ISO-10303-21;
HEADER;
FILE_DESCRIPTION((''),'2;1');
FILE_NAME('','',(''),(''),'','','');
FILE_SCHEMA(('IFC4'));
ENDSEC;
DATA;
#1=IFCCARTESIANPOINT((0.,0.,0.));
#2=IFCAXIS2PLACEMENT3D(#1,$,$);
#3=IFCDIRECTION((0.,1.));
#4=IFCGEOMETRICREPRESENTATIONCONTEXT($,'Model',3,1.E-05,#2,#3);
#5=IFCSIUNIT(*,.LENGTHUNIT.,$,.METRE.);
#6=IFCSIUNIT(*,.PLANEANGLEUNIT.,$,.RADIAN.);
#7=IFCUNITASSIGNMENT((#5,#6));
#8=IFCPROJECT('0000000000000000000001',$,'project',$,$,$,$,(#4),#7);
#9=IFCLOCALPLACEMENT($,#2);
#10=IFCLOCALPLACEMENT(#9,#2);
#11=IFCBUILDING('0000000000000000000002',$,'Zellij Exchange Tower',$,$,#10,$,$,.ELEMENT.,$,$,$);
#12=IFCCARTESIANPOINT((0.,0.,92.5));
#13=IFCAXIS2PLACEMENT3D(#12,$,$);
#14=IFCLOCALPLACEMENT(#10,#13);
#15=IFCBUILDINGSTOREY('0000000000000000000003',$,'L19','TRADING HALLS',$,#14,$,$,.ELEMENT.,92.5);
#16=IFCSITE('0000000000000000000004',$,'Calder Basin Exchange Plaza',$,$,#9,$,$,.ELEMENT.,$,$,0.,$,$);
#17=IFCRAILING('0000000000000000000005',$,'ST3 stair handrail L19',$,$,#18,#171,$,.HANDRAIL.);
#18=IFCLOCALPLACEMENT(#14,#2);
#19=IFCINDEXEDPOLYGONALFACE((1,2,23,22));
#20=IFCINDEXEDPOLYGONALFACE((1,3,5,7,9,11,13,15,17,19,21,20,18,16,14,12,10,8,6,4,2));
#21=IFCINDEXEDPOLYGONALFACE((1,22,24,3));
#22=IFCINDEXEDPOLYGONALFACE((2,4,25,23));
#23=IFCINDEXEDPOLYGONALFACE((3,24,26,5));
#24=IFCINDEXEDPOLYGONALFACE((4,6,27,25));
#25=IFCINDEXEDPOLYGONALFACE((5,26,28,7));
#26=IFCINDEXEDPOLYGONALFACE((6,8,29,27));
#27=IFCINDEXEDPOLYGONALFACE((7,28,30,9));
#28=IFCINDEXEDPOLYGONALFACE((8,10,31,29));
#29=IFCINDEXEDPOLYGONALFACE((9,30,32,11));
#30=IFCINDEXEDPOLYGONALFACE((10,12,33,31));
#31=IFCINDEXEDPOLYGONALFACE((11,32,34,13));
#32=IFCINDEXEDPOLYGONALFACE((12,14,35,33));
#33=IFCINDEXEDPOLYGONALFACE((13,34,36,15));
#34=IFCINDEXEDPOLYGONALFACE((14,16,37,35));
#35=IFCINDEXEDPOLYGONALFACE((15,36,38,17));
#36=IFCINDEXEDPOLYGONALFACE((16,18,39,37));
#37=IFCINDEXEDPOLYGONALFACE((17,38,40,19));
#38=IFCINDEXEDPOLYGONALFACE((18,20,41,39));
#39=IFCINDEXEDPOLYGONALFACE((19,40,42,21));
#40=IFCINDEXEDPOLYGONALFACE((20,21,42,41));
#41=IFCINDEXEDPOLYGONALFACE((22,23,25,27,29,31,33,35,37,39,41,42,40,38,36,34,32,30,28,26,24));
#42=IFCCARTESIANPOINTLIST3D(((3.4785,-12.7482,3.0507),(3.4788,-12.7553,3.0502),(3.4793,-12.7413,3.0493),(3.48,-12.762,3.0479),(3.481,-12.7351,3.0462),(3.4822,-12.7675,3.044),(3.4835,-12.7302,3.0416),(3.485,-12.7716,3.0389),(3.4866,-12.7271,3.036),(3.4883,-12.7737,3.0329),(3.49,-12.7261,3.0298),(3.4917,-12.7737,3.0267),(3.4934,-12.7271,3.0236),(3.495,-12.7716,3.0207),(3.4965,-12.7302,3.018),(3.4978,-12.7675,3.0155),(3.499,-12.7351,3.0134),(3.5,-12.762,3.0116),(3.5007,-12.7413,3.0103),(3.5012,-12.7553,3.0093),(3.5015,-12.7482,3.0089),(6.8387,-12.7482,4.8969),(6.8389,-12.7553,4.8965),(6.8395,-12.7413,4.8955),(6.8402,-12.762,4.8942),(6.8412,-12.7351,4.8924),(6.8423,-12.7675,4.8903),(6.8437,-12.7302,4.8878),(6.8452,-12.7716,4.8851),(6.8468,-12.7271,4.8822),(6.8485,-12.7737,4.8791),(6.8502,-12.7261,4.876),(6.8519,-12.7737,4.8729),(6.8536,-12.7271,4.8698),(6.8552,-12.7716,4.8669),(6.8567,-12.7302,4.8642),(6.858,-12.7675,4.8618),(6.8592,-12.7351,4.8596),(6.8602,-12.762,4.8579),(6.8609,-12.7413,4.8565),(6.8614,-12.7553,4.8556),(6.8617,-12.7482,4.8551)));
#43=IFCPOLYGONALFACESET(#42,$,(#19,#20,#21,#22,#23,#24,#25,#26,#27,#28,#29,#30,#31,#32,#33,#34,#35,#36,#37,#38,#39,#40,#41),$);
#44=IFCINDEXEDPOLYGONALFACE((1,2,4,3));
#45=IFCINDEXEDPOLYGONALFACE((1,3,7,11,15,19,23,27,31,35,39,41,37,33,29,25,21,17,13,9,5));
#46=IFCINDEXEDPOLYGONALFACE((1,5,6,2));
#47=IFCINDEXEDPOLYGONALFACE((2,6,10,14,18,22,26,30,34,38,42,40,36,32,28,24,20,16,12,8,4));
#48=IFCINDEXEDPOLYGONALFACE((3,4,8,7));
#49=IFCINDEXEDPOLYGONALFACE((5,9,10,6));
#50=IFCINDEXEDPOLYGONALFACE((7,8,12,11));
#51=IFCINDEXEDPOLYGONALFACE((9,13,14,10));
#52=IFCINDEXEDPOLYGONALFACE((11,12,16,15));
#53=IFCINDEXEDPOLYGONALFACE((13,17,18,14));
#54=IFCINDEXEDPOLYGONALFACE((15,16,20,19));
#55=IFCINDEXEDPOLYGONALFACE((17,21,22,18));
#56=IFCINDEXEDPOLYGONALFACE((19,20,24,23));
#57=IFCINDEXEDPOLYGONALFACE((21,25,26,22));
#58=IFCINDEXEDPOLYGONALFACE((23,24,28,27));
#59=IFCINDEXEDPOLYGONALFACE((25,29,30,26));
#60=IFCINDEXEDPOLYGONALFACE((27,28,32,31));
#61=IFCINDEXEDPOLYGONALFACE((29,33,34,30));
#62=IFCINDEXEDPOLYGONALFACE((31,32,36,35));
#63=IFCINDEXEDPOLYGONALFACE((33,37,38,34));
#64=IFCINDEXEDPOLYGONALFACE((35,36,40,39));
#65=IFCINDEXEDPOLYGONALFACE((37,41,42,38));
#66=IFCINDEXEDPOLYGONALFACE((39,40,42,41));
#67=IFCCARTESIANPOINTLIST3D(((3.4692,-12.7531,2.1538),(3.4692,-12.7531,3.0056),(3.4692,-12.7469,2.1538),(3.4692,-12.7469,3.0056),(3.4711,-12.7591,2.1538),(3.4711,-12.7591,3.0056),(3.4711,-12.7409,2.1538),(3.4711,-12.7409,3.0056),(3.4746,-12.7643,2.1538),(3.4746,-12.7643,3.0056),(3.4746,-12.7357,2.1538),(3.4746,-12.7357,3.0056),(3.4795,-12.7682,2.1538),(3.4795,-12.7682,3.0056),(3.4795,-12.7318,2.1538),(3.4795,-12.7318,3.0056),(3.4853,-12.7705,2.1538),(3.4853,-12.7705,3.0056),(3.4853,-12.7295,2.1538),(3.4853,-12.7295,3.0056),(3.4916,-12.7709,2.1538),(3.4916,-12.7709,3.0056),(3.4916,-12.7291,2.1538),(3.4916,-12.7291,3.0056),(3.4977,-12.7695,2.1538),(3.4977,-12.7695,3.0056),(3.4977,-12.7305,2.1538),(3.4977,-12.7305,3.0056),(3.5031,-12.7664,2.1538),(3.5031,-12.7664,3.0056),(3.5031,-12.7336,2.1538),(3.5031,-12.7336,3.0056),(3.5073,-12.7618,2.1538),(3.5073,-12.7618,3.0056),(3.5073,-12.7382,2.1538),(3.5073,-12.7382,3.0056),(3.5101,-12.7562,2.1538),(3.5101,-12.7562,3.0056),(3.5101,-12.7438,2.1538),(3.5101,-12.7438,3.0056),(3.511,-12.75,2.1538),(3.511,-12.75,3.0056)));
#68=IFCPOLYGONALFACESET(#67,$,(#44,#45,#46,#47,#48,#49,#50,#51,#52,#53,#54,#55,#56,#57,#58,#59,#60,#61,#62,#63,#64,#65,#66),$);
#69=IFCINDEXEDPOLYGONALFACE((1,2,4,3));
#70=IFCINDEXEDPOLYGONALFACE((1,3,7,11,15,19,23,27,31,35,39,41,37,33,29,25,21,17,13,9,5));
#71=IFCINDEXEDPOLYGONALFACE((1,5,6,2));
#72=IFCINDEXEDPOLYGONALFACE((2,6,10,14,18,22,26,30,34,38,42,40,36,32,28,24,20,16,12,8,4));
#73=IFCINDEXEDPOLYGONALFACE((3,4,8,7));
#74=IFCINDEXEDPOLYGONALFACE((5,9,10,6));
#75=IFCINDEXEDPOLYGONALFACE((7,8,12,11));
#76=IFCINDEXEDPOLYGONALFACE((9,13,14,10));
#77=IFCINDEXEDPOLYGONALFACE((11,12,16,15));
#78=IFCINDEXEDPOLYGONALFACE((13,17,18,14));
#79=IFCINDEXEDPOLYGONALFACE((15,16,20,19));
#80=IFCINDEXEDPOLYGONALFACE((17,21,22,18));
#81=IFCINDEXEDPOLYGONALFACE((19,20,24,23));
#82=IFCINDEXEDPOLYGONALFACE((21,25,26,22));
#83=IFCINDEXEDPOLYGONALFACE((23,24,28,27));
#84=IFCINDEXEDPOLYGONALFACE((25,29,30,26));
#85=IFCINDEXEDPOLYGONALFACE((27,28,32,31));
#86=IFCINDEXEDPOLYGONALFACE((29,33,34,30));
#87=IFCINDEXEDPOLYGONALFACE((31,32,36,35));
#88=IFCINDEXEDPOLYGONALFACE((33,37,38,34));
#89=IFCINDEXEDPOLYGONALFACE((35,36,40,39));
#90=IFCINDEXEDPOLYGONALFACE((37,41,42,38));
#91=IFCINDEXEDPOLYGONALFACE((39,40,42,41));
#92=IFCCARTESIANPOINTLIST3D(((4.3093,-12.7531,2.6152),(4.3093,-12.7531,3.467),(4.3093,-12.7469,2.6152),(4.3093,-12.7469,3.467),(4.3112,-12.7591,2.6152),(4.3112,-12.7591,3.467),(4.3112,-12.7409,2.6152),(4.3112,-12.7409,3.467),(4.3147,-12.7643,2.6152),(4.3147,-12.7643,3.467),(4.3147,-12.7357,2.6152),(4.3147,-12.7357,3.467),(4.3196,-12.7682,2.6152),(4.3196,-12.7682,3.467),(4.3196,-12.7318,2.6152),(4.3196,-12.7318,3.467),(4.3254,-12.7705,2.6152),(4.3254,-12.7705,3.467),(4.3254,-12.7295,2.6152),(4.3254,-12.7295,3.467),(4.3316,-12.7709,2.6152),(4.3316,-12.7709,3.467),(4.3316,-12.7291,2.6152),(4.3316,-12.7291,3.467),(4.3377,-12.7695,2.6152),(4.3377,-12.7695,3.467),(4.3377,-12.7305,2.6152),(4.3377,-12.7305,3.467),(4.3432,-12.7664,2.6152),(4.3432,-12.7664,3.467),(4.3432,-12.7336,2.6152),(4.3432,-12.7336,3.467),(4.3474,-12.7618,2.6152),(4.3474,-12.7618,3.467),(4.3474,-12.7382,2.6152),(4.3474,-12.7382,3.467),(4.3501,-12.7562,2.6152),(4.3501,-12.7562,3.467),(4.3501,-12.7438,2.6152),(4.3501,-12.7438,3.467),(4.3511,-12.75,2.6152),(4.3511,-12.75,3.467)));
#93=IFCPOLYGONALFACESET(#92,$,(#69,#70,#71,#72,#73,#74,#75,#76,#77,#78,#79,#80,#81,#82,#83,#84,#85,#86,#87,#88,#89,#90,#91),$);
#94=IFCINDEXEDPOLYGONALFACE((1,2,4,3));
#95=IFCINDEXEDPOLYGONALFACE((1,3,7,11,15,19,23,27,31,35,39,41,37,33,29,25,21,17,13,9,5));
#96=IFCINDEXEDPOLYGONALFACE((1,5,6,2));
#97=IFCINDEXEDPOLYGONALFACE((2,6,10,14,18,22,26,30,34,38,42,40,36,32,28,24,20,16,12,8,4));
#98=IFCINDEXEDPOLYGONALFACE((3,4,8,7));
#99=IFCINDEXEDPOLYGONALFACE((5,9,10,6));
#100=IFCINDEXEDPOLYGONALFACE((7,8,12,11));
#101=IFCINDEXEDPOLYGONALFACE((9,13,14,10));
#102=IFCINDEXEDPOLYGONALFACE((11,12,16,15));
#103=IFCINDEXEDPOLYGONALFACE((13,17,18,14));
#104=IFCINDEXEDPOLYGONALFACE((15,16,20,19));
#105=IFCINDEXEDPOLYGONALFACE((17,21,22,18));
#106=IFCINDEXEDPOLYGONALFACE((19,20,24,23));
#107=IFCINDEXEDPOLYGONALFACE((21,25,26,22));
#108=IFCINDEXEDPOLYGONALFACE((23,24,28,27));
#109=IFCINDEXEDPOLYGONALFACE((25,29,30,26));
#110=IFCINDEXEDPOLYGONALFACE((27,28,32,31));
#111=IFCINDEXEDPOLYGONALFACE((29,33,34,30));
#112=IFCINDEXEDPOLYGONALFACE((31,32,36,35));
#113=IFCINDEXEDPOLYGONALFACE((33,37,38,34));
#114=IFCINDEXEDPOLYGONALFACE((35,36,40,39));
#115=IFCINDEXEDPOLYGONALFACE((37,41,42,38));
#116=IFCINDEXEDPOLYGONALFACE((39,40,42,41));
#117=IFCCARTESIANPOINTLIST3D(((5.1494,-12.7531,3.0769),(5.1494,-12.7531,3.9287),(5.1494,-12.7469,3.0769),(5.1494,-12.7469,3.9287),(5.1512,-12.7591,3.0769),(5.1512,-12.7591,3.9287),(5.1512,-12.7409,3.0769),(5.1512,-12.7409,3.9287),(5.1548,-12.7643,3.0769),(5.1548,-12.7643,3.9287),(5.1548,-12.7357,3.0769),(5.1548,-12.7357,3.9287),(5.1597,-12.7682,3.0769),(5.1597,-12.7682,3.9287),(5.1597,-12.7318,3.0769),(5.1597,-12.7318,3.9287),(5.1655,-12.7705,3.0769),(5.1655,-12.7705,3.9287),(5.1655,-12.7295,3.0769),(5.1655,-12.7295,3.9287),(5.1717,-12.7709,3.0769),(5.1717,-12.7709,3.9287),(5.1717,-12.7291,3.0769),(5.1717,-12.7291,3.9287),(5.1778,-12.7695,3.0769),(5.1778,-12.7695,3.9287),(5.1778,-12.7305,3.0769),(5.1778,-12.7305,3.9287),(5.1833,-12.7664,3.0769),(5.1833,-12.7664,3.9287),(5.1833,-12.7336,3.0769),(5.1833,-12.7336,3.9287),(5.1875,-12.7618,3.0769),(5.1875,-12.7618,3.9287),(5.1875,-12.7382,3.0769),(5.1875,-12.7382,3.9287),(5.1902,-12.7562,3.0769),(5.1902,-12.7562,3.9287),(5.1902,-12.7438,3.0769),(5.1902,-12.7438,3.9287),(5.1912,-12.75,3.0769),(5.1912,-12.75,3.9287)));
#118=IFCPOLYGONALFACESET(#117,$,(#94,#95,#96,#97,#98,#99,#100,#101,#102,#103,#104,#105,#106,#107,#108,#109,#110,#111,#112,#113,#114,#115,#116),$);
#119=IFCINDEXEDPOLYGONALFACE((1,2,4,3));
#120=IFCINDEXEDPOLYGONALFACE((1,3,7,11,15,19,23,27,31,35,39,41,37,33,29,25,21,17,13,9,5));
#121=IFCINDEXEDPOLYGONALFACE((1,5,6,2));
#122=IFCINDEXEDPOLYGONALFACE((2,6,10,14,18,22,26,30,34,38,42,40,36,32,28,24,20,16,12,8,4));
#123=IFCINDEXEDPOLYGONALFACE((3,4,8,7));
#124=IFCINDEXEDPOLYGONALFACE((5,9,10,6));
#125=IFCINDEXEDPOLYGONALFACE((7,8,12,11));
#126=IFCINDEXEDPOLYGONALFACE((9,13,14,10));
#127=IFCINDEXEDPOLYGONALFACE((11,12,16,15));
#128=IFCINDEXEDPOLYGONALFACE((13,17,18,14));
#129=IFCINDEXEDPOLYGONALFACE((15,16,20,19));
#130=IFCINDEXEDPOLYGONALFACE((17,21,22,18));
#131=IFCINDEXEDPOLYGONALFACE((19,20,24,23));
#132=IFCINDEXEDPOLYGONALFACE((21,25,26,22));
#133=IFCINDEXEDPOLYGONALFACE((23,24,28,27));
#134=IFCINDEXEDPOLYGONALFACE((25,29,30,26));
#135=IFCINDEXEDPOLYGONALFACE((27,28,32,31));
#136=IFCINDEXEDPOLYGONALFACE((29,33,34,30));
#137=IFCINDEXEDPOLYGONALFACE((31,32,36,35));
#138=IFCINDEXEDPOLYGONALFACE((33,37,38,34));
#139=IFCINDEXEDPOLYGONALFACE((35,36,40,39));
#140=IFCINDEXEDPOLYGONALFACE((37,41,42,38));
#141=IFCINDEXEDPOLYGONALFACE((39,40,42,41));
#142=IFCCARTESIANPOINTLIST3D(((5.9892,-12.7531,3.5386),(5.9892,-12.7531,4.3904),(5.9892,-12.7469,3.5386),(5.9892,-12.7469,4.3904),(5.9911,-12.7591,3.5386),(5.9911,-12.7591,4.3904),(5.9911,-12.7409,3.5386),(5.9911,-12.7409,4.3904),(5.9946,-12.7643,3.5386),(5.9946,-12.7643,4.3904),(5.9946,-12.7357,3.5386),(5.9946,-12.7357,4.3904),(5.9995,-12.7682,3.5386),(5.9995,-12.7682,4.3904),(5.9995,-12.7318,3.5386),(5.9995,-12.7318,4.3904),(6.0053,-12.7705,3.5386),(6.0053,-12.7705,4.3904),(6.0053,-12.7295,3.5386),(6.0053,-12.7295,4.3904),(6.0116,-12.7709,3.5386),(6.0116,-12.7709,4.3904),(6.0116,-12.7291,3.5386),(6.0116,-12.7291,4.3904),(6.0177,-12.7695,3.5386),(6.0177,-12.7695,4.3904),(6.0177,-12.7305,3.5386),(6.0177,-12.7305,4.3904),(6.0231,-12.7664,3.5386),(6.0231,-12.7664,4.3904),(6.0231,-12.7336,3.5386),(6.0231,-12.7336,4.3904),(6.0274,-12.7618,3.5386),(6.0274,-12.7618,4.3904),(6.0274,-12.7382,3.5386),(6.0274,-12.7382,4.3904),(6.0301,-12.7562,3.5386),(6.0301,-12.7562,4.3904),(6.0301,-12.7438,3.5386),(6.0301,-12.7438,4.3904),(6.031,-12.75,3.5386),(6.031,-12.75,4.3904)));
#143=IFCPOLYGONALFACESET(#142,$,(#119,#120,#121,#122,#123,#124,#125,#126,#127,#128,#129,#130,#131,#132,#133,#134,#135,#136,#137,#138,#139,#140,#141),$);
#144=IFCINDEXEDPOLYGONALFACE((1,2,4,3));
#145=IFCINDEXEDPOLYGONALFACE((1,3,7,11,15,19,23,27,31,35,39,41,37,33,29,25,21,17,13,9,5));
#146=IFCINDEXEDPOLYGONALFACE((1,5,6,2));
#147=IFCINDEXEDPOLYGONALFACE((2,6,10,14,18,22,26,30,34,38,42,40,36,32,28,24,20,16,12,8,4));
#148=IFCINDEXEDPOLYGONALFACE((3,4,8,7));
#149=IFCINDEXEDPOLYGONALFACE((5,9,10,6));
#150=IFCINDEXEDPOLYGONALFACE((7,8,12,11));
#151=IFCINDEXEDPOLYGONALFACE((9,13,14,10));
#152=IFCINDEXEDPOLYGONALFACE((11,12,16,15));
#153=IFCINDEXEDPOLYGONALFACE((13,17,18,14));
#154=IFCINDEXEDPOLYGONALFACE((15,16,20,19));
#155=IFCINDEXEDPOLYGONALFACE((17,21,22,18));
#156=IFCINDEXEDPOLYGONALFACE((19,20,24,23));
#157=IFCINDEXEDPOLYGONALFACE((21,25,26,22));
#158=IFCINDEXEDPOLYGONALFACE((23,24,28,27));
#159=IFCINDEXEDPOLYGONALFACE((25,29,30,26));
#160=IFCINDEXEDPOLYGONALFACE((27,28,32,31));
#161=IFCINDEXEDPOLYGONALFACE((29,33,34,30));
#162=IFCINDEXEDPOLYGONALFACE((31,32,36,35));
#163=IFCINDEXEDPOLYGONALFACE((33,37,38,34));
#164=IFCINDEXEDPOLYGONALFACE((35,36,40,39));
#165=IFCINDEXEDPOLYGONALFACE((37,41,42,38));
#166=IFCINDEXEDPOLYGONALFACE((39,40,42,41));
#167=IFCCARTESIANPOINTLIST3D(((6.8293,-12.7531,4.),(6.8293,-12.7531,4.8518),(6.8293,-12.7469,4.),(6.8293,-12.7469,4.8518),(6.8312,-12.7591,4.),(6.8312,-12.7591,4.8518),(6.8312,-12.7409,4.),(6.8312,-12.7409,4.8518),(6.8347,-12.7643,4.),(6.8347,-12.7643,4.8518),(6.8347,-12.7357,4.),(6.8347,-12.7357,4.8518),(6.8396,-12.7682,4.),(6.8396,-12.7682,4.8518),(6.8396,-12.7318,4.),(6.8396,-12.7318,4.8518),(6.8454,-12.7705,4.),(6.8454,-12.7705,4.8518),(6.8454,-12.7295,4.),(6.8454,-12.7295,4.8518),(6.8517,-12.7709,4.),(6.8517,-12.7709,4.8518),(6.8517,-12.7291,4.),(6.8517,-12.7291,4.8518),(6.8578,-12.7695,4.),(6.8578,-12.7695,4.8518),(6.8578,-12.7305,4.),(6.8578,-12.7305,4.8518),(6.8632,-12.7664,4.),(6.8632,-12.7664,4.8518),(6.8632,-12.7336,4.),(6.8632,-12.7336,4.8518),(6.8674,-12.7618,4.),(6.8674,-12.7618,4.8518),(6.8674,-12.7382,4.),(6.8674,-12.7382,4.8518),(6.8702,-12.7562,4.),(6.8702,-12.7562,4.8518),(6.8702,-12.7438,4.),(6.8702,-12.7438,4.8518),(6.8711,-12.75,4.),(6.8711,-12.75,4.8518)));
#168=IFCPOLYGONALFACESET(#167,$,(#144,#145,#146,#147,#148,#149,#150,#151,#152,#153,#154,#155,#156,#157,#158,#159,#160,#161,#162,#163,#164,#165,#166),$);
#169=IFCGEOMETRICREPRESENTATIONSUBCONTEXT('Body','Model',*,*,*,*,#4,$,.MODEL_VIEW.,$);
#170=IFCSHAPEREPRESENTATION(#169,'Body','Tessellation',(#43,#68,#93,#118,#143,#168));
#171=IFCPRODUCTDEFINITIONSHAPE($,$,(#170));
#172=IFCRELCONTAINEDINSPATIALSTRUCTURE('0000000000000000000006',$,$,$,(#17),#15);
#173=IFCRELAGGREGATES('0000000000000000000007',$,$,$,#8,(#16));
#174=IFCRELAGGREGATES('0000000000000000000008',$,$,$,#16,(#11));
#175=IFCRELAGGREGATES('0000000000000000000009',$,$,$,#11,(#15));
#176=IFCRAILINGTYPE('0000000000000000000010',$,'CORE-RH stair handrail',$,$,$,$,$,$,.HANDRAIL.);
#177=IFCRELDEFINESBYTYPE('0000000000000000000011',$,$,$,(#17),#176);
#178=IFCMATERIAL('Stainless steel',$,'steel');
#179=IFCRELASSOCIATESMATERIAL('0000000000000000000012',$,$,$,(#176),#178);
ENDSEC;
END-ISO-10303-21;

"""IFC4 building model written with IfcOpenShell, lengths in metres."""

from ifc_helpers import new_model, si_unit, direction, frame, origin, origin_2d, place, context, subcontext, project, spatial, circle, extrude, material, type_object, element, save


model = new_model("IFC4")

# Units and contexts
model_context = context("Model", 3, precision=1e-05, world=origin(), true_north=direction((0.0, 1.0)))
body_context = subcontext(model_context, "Body", "Model", "MODEL_VIEW")
ifc_project = project(units=[si_unit("LENGTHUNIT", "METRE"), si_unit("PLANEANGLEUNIT", "RADIAN")], contexts=[model_context])

# Site, building, storey
site_placement = place(None, origin())
site = spatial("IfcSite", under=ifc_project, at=site_placement, Name="Calder Basin Exchange Plaza", CompositionType="ELEMENT", RefElevation=0.0)
building_placement = place(site_placement, origin())
building = spatial("IfcBuilding", under=site, at=building_placement, Name="Zellij Exchange Tower", CompositionType="ELEMENT")
storey_placement = place(building_placement, frame((0.0, 0.0, 92.5)))
storey = spatial("IfcBuildingStorey", under=building, at=storey_placement, Name="L19", Description="TRADING HALLS", CompositionType="ELEMENT", Elevation=92.5)

# Railing
ifc_material_1 = material(Name="Stainless steel", Category="steel")
railing_type_1 = type_object("IfcRailingType", Name="CORE-RH stair handrail", PredefinedType="HANDRAIL", material=ifc_material_1)
railing_1_placement = place(storey_placement, frame((3.49, -12.75, 2.1538)))
element("IfcRailing", 1, at=railing_1_placement, inside=storey, type_object=railing_type_1, Name="ST3 stair handrail L19", PredefinedType="HANDRAIL", context=body_context, shape_type="SweptSolid", body=[
    extrude(circle(Radius=0.0239, at=origin_2d()), frame((0.0, 0.0, 0.876), z_axis=(0.876422, 0.0, 0.481545), x_axis=(0.0, 1.0, 0.0)), (0.0, 0.0, 1.0), 3.834),
    extrude(circle(Radius=0.021, at=origin_2d()), origin(), (0.0, 0.0, 1.0), 0.8518),
    extrude(circle(Radius=0.021, at=origin_2d()), frame((0.8401, 0.0, 0.4614)), (0.0, 0.0, 1.0), 0.8518),
    extrude(circle(Radius=0.021, at=origin_2d()), frame((1.6802, 0.0, 0.9231)), (0.0, 0.0, 1.0), 0.8518),
    extrude(circle(Radius=0.021, at=origin_2d()), frame((2.52, 0.0, 1.3848)), (0.0, 0.0, 1.0), 0.8518),
    extrude(circle(Radius=0.021, at=origin_2d()), frame((3.3601, 0.0, 1.8462)), (0.0, 0.0, 1.0), 0.8518),
])

save(model, "model.ifc")
